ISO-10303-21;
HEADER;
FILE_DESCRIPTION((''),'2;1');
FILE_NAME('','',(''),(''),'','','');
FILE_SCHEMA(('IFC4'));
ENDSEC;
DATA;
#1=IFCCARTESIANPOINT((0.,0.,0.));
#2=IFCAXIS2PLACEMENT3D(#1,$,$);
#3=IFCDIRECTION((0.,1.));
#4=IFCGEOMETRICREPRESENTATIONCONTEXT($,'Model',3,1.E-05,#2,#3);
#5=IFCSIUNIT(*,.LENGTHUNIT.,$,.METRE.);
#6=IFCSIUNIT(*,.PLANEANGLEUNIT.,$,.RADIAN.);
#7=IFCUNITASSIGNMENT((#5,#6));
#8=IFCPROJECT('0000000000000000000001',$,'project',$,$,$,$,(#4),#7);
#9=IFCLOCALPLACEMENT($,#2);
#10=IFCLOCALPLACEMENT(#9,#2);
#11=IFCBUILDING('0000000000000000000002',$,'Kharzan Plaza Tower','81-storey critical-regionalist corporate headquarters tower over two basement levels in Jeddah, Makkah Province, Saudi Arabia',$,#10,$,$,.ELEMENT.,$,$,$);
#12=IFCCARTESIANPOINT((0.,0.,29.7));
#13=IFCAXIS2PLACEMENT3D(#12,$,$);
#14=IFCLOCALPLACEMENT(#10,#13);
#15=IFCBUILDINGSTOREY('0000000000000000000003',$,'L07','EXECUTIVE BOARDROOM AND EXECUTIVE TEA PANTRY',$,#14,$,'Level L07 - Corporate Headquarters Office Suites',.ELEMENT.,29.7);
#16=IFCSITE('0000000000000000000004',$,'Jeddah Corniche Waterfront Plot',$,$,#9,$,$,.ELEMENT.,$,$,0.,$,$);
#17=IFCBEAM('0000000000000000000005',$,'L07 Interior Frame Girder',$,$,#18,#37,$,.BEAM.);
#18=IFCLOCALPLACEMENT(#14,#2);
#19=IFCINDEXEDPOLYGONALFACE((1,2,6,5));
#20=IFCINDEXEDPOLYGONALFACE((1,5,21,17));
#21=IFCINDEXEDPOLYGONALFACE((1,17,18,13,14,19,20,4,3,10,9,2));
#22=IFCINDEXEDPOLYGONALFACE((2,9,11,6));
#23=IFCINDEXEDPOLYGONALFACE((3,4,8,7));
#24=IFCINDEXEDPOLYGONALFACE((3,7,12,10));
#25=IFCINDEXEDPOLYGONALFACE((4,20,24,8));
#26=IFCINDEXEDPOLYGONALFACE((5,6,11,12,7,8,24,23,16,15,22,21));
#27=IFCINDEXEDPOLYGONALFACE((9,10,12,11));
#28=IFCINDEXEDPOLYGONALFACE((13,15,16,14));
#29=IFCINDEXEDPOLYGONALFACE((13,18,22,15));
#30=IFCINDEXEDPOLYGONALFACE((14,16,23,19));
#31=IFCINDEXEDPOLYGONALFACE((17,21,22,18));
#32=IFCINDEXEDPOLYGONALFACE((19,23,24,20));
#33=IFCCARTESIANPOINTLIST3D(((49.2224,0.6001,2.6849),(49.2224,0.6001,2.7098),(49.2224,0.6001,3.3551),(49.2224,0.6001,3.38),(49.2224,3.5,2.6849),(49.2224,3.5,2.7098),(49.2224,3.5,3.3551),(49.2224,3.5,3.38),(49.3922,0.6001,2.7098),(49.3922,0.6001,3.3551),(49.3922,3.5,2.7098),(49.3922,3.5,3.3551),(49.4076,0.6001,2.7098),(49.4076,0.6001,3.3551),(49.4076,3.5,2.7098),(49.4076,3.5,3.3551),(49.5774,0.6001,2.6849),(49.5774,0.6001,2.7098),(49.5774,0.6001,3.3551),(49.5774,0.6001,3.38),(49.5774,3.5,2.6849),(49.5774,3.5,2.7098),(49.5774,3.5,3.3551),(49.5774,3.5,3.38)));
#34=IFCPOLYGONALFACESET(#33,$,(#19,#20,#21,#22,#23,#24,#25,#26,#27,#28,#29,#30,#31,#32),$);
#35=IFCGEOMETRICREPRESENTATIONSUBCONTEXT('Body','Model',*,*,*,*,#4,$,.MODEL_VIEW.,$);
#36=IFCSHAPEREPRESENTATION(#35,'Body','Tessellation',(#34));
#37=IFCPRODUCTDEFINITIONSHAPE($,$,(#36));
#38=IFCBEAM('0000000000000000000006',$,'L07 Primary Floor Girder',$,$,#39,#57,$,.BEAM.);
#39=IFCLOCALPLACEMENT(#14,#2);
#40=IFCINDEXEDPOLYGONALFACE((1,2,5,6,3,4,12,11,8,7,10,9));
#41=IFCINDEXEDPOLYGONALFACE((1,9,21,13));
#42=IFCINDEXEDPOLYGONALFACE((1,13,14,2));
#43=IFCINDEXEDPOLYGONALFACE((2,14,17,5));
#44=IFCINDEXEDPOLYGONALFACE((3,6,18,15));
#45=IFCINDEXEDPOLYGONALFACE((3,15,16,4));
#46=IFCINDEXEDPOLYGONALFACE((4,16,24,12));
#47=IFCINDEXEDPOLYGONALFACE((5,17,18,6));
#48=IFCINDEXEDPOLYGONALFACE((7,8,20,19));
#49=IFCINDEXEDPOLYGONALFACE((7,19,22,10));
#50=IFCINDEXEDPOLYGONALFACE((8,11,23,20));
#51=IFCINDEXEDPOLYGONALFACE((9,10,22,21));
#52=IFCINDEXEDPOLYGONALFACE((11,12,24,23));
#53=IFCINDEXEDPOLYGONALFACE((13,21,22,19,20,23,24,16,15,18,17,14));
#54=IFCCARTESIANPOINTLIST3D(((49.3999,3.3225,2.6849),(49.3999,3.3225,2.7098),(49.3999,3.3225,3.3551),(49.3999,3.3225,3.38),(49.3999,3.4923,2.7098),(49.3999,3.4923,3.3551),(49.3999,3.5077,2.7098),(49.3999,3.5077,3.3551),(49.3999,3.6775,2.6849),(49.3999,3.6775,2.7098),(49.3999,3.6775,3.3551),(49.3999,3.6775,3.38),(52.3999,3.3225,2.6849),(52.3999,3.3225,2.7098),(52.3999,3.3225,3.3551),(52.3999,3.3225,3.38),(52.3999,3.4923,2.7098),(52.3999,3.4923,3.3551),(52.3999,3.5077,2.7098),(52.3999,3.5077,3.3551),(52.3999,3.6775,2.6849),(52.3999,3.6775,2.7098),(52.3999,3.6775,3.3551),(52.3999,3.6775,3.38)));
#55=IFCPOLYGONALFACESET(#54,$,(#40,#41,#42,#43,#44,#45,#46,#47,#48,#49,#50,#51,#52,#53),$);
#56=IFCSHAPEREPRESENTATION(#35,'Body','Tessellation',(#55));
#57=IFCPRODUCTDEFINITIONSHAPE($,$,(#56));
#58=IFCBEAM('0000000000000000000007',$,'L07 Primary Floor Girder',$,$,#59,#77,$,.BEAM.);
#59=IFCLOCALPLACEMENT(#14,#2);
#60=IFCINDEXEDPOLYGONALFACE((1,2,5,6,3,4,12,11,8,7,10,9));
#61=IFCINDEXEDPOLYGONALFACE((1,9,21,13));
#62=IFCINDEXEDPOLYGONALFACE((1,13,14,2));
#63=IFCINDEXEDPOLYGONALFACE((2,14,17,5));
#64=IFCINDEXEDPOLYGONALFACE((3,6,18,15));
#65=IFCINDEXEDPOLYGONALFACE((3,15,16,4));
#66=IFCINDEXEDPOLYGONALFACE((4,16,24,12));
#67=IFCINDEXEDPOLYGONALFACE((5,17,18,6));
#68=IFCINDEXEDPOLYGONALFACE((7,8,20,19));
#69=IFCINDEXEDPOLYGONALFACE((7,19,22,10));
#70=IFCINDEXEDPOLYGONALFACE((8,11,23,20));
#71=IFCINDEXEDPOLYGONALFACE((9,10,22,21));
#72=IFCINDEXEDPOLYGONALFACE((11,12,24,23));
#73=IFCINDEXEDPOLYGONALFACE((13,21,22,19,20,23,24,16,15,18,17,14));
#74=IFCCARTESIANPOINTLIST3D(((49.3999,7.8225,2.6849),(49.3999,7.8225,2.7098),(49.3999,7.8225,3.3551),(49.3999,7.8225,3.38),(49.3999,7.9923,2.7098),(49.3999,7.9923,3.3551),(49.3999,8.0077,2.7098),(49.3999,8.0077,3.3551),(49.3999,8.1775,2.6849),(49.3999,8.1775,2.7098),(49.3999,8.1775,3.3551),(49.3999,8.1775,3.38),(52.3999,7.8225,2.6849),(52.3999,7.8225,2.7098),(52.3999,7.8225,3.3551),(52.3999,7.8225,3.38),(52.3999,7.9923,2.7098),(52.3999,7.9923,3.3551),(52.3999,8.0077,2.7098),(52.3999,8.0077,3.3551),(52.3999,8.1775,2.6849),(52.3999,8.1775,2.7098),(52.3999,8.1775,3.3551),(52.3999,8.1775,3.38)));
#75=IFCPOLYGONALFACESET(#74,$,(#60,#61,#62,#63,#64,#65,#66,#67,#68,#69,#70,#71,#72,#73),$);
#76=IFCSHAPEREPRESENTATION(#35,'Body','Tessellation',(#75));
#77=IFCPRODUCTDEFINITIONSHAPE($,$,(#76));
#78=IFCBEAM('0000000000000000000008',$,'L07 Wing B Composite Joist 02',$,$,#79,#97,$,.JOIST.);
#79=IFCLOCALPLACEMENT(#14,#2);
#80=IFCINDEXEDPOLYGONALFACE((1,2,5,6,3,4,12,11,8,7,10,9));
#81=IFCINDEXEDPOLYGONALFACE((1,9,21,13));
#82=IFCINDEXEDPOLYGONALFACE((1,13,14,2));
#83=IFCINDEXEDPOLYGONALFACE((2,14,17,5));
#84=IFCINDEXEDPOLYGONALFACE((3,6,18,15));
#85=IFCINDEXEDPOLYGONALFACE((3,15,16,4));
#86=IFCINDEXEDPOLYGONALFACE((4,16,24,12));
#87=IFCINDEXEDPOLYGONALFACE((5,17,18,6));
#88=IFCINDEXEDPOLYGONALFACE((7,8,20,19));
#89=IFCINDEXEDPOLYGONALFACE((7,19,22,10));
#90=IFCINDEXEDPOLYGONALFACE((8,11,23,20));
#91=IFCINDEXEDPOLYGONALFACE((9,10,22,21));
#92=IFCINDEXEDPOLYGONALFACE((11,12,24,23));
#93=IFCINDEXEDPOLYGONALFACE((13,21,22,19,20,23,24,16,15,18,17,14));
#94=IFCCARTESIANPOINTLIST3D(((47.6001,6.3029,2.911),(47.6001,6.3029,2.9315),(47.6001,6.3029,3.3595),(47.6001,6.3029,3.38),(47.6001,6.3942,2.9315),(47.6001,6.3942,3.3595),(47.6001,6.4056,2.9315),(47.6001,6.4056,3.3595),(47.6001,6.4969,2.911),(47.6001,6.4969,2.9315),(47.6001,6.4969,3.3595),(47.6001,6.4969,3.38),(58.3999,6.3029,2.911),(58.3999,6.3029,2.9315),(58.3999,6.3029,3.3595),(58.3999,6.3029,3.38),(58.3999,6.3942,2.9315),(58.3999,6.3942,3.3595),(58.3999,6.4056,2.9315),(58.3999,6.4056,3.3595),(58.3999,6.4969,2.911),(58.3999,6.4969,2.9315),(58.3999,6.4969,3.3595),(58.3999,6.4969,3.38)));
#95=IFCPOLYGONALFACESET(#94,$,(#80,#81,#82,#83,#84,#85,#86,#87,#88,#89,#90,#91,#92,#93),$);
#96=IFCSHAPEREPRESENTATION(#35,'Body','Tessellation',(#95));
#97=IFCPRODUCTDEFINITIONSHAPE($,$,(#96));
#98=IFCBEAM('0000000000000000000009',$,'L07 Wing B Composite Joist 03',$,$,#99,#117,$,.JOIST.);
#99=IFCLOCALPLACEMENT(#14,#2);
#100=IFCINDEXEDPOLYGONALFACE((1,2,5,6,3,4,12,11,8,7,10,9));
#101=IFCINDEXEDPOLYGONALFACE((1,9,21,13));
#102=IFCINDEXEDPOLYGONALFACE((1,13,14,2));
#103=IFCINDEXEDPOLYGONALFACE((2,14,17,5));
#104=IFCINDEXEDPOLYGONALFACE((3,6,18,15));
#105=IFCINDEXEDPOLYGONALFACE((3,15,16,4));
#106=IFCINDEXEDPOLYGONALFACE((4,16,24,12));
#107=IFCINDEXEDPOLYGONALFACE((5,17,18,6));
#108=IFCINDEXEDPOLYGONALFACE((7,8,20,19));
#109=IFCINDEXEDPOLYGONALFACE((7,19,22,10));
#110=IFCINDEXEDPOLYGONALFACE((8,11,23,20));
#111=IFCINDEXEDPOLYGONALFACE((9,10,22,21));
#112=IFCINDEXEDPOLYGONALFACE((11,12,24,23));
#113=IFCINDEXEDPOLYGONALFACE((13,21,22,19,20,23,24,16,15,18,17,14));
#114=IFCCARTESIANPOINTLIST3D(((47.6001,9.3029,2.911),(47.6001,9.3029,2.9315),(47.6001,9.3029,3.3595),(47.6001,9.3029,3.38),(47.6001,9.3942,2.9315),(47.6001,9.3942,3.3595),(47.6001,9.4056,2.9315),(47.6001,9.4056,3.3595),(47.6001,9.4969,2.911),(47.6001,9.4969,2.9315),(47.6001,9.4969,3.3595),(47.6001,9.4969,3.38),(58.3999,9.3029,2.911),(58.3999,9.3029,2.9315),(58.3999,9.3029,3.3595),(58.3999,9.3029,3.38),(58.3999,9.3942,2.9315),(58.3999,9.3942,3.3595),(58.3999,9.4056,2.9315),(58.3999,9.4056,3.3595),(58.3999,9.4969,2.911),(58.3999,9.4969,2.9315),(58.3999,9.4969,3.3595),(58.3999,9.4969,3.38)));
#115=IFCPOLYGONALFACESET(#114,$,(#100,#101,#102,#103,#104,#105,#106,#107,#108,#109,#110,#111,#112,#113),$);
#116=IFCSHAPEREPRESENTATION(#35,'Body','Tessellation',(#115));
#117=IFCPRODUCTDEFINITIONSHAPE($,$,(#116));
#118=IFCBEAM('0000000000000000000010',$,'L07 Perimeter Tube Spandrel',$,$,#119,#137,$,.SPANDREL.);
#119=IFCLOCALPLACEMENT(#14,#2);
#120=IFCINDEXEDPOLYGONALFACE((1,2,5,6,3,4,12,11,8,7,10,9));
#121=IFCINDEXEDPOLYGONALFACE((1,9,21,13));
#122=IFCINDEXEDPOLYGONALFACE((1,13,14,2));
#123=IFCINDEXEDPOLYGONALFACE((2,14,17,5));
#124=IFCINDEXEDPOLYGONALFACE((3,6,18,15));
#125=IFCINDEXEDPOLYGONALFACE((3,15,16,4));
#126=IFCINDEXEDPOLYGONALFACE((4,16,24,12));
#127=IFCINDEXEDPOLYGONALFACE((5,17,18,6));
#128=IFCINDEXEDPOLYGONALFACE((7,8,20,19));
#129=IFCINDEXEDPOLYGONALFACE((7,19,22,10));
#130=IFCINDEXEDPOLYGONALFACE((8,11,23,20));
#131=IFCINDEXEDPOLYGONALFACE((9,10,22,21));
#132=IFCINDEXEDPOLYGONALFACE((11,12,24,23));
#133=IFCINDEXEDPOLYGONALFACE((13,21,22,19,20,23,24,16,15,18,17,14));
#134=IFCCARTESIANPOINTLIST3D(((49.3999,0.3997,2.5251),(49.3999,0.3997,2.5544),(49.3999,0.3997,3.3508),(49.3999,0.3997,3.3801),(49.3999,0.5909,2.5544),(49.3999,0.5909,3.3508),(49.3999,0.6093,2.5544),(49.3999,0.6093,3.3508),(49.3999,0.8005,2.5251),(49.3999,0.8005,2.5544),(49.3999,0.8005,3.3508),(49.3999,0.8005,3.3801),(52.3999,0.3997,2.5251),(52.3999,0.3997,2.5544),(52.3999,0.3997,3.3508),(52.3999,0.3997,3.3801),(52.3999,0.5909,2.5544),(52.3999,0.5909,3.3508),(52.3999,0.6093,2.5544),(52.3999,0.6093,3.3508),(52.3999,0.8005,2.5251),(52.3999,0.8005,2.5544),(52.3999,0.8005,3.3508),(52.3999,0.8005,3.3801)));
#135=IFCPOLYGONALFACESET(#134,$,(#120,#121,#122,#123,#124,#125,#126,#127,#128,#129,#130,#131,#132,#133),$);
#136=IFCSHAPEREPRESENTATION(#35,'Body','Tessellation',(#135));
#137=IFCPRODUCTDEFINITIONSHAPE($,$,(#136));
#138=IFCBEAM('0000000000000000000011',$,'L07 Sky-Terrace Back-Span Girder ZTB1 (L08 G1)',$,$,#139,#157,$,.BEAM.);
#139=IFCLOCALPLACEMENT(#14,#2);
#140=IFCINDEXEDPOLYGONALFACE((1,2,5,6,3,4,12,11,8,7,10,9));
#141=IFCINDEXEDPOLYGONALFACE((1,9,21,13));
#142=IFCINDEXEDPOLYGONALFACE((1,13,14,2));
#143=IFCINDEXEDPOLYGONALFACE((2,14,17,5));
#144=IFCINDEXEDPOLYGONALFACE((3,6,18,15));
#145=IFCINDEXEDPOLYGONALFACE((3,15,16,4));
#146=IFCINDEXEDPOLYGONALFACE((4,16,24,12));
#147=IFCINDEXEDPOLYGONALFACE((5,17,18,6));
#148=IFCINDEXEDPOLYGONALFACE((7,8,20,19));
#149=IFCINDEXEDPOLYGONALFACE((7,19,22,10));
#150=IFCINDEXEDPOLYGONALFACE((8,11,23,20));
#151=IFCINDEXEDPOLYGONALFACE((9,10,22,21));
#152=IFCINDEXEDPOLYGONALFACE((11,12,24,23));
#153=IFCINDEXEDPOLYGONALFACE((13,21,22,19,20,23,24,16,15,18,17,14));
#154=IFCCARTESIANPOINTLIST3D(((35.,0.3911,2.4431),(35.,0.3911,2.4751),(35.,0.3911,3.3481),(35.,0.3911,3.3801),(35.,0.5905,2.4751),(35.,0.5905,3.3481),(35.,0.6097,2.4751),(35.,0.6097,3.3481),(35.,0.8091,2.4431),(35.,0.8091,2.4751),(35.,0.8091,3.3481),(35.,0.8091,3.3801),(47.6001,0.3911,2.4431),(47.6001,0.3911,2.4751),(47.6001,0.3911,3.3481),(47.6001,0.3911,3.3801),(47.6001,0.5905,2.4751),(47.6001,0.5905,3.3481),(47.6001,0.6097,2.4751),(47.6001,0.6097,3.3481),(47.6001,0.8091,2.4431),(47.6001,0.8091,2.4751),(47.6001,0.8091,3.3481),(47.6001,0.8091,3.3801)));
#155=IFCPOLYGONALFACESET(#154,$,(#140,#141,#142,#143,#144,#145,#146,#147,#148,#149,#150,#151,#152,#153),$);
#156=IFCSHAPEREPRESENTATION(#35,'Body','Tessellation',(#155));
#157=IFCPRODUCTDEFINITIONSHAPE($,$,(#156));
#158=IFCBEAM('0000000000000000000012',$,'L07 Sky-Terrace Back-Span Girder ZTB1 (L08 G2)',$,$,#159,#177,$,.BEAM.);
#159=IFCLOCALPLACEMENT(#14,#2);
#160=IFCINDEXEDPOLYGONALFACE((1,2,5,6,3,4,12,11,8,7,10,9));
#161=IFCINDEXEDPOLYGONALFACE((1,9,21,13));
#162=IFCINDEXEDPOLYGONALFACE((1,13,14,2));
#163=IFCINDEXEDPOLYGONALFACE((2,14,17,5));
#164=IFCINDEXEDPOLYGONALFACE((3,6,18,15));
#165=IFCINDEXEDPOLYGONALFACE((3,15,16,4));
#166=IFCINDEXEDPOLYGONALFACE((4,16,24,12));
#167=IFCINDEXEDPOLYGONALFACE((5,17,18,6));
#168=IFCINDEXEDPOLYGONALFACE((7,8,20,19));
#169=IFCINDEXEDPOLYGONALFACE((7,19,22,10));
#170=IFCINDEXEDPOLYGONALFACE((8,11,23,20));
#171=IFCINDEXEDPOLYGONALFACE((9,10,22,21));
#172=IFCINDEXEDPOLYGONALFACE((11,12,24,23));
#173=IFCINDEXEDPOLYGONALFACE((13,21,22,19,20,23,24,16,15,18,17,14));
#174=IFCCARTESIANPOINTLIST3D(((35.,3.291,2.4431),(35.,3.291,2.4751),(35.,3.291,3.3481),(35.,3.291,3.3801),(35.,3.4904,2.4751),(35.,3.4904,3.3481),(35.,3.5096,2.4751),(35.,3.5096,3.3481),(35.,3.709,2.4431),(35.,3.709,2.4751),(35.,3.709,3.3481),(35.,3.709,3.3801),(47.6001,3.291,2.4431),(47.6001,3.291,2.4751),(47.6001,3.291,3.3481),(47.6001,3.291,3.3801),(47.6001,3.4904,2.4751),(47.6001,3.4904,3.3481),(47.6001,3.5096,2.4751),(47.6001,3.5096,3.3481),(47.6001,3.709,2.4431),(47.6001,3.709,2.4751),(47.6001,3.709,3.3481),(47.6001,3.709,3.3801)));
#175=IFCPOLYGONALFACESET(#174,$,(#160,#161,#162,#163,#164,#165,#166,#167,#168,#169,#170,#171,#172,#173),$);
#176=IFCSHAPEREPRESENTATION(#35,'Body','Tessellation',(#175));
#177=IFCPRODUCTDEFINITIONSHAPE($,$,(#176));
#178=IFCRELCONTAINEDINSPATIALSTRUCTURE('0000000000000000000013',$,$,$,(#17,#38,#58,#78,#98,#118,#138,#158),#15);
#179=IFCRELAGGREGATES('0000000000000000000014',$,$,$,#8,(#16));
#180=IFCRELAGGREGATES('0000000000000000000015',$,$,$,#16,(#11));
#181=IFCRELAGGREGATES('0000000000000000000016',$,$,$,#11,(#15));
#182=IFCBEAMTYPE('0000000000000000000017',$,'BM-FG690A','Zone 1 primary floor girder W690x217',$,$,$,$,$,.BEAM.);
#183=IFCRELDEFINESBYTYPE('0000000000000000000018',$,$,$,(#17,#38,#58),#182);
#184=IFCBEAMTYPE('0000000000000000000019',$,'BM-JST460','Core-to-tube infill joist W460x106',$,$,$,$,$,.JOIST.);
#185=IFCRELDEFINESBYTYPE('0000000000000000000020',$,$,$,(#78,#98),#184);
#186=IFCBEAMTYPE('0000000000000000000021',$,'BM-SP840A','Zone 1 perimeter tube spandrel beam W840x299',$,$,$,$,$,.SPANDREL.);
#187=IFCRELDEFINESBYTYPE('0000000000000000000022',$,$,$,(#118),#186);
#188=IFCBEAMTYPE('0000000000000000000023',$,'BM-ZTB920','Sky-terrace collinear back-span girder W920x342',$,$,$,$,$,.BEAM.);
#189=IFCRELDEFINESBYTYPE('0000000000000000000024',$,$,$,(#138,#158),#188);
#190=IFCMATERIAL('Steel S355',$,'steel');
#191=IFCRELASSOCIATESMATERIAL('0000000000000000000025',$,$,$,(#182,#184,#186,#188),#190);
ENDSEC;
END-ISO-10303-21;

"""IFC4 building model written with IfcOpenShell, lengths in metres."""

from ifc_helpers import new_model, si_unit, direction, frame, origin, origin_2d, place, context, subcontext, project, spatial, i_section, extrude, source, transform, mapped, material, material_profile, profile_set, type_object, element, save


model = new_model("IFC4")

# Units and contexts
model_context = context("Model", 3, precision=1e-05, world=origin(), true_north=direction((0.0, 1.0)))
body_context = subcontext(model_context, "Body", "Model", "MODEL_VIEW")
ifc_project = project(units=[si_unit("LENGTHUNIT", "METRE"), si_unit("PLANEANGLEUNIT", "RADIAN")], contexts=[model_context])

# Site, building, storey
site_placement = place(None, origin())
site = spatial("IfcSite", under=ifc_project, at=site_placement, Name="Jeddah Corniche Waterfront Plot", CompositionType="ELEMENT", RefElevation=0.0)
building_placement = place(site_placement, origin())
building = spatial("IfcBuilding", under=site, at=building_placement, Name="Kharzan Plaza Tower", Description="81-storey critical-regionalist corporate headquarters tower over two basement levels in Jeddah, Makkah Province, Saudi Arabia", CompositionType="ELEMENT")
storey_placement = place(building_placement, frame((0.0, 0.0, 29.7)))
storey = spatial("IfcBuildingStorey", under=building, at=storey_placement, Name="L07", Description="EXECUTIVE BOARDROOM AND EXECUTIVE TEA PANTRY", LongName="Level L07 - Corporate Headquarters Office Suites", CompositionType="ELEMENT", Elevation=29.7)

# Beams
ifc_material_1 = material(Name="Steel S355", Category="steel")
ifc_material_profile_1 = material_profile(ifc_material_1, i_section(OverallWidth=0.355, OverallDepth=0.6951, WebThickness=0.0154, FlangeThickness=0.0249, at=origin_2d()), Name="W690x217")
ifc_profile_set_1 = profile_set([ifc_material_profile_1], Name="Steel S355")
beam_type_1 = type_object("IfcBeamType", Name="BM-FG690A", Description="Zone 1 primary floor girder W690x217", PredefinedType="BEAM", material=ifc_profile_set_1)
shared_shape_1 = source(origin(), body_context, "Body", "SweptSolid", [
    extrude(i_section(OverallWidth=0.355, OverallDepth=0.6951, WebThickness=0.0154, FlangeThickness=0.0249, at=origin_2d()), origin(), (0.0, 0.0, 1.0), 2.8999),
])
for number, where, z_axis, x_axis, name in (
    (1, (49.3999, 0.6001, 3.0325), (0.0, 1.0, 0.0), (-1.0, 0.0, 0.0), "L07 Interior Frame Girder"),
):
    element("IfcBeam", number, at=place(storey_placement, frame(where, z_axis=z_axis, x_axis=x_axis)), inside=storey, type_object=beam_type_1, Name=name, PredefinedType="BEAM", context=body_context, shape_type="MappedRepresentation", body=[
        mapped(shared_shape_1, transform((0.0, 0.0, 0.0), x_axis=(1.0, 0.0, 0.0), y_axis=(0.0, 1.0, 0.0), z_axis=(0.0, 0.0, 1.0))),
    ])
shared_shape_2 = source(origin(), body_context, "Body", "SweptSolid", [
    extrude(i_section(OverallWidth=0.355, OverallDepth=0.6951, WebThickness=0.0154, FlangeThickness=0.0249, at=origin_2d()), origin(), (0.0, 0.0, 1.0), 3.0),
])
for number, where, z_axis, x_axis, name in (
    (2, (49.3999, 3.5, 3.0325), (1.0, 0.0, 0.0), (0.0, 1.0, 0.0), "L07 Primary Floor Girder"),
    (3, (49.3999, 8.0, 3.0325), (1.0, 0.0, 0.0), (0.0, 1.0, 0.0), "L07 Primary Floor Girder"),
):
    element("IfcBeam", number, at=place(storey_placement, frame(where, z_axis=z_axis, x_axis=x_axis)), inside=storey, type_object=beam_type_1, Name=name, PredefinedType="BEAM", context=body_context, shape_type="MappedRepresentation", body=[
        mapped(shared_shape_2, transform((0.0, 0.0, 0.0), x_axis=(1.0, 0.0, 0.0), y_axis=(0.0, 1.0, 0.0), z_axis=(0.0, 0.0, 1.0))),
    ])
ifc_material_profile_2 = material_profile(ifc_material_1, i_section(OverallWidth=0.1941, OverallDepth=0.469, WebThickness=0.0115, FlangeThickness=0.0205, at=origin_2d()), Name="W460x106")
ifc_profile_set_2 = profile_set([ifc_material_profile_2], Name="Steel S355")
beam_type_2 = type_object("IfcBeamType", Name="BM-JST460", Description="Core-to-tube infill joist W460x106", PredefinedType="JOIST", material=ifc_profile_set_2)
shared_shape_3 = source(origin(), body_context, "Body", "SweptSolid", [
    extrude(i_section(OverallWidth=0.1941, OverallDepth=0.469, WebThickness=0.0115, FlangeThickness=0.0205, at=origin_2d()), origin(), (0.0, 0.0, 1.0), 10.7998),
])
for number, where, z_axis, x_axis, name in (
    (4, (47.6001, 6.3999, 3.1455), (1.0, 0.0, 0.0), (0.0, 1.0, 0.0), "L07 Wing B Composite Joist 02"),
    (5, (47.6001, 9.3999, 3.1455), (1.0, 0.0, 0.0), (0.0, 1.0, 0.0), "L07 Wing B Composite Joist 03"),
):
    element("IfcBeam", number, at=place(storey_placement, frame(where, z_axis=z_axis, x_axis=x_axis)), inside=storey, type_object=beam_type_2, Name=name, PredefinedType="JOIST", context=body_context, shape_type="MappedRepresentation", body=[
        mapped(shared_shape_3, transform((0.0, 0.0, 0.0), x_axis=(1.0, 0.0, 0.0), y_axis=(0.0, 1.0, 0.0), z_axis=(0.0, 0.0, 1.0))),
    ])
ifc_material_profile_3 = material_profile(ifc_material_1, i_section(OverallWidth=0.4009, OverallDepth=0.855, WebThickness=0.0183, FlangeThickness=0.0293, at=origin_2d()), Name="W840x299")
ifc_profile_set_3 = profile_set([ifc_material_profile_3], Name="Steel S355")
beam_type_3 = type_object("IfcBeamType", Name="BM-SP840A", Description="Zone 1 perimeter tube spandrel beam W840x299", PredefinedType="SPANDREL", material=ifc_profile_set_3)
shared_shape_4 = source(origin(), body_context, "Body", "SweptSolid", [
    extrude(i_section(OverallWidth=0.4009, OverallDepth=0.855, WebThickness=0.0183, FlangeThickness=0.0293, at=origin_2d()), origin(), (0.0, 0.0, 1.0), 3.0),
])
beam_placement = place(storey_placement, frame((49.3999, 0.6001, 2.9526), z_axis=(1.0, 0.0, 0.0), x_axis=(0.0, 1.0, 0.0)))
element("IfcBeam", 6, at=beam_placement, inside=storey, type_object=beam_type_3, Name="L07 Perimeter Tube Spandrel", PredefinedType="SPANDREL", context=body_context, shape_type="MappedRepresentation", body=[
    mapped(shared_shape_4, transform((0.0, 0.0, 0.0), x_axis=(1.0, 0.0, 0.0), y_axis=(0.0, 1.0, 0.0), z_axis=(0.0, 0.0, 1.0))),
])
ifc_material_profile_4 = material_profile(ifc_material_1, i_section(OverallWidth=0.418, OverallDepth=0.937, WebThickness=0.0193, FlangeThickness=0.032, at=origin_2d()), Name="W920x342")
ifc_profile_set_4 = profile_set([ifc_material_profile_4], Name="Steel S355")
beam_type_4 = type_object("IfcBeamType", Name="BM-ZTB920", Description="Sky-terrace collinear back-span girder W920x342", PredefinedType="BEAM", material=ifc_profile_set_4)
shared_shape_5 = source(origin(), body_context, "Body", "SweptSolid", [
    extrude(i_section(OverallWidth=0.418, OverallDepth=0.937, WebThickness=0.0193, FlangeThickness=0.032, at=origin_2d()), origin(), (0.0, 0.0, 1.0), 12.6001),
])
for number, where, z_axis, x_axis, name in (
    (7, (47.6001, 0.6001, 2.9116), (-1.0, 0.0, 0.0), (0.0, -1.0, 0.0), "L07 Sky-Terrace Back-Span Girder ZTB1 (L08 G1)"),
    (8, (47.6001, 3.5, 2.9116), (-1.0, 0.0, 0.0), (0.0, -1.0, 0.0), "L07 Sky-Terrace Back-Span Girder ZTB1 (L08 G2)"),
):
    element("IfcBeam", number, at=place(storey_placement, frame(where, z_axis=z_axis, x_axis=x_axis)), inside=storey, type_object=beam_type_4, Name=name, PredefinedType="BEAM", context=body_context, shape_type="MappedRepresentation", body=[
        mapped(shared_shape_5, transform((0.0, 0.0, 0.0), x_axis=(1.0, 0.0, 0.0), y_axis=(0.0, 1.0, 0.0), z_axis=(0.0, 0.0, 1.0))),
    ])

save(model, "model.ifc")
